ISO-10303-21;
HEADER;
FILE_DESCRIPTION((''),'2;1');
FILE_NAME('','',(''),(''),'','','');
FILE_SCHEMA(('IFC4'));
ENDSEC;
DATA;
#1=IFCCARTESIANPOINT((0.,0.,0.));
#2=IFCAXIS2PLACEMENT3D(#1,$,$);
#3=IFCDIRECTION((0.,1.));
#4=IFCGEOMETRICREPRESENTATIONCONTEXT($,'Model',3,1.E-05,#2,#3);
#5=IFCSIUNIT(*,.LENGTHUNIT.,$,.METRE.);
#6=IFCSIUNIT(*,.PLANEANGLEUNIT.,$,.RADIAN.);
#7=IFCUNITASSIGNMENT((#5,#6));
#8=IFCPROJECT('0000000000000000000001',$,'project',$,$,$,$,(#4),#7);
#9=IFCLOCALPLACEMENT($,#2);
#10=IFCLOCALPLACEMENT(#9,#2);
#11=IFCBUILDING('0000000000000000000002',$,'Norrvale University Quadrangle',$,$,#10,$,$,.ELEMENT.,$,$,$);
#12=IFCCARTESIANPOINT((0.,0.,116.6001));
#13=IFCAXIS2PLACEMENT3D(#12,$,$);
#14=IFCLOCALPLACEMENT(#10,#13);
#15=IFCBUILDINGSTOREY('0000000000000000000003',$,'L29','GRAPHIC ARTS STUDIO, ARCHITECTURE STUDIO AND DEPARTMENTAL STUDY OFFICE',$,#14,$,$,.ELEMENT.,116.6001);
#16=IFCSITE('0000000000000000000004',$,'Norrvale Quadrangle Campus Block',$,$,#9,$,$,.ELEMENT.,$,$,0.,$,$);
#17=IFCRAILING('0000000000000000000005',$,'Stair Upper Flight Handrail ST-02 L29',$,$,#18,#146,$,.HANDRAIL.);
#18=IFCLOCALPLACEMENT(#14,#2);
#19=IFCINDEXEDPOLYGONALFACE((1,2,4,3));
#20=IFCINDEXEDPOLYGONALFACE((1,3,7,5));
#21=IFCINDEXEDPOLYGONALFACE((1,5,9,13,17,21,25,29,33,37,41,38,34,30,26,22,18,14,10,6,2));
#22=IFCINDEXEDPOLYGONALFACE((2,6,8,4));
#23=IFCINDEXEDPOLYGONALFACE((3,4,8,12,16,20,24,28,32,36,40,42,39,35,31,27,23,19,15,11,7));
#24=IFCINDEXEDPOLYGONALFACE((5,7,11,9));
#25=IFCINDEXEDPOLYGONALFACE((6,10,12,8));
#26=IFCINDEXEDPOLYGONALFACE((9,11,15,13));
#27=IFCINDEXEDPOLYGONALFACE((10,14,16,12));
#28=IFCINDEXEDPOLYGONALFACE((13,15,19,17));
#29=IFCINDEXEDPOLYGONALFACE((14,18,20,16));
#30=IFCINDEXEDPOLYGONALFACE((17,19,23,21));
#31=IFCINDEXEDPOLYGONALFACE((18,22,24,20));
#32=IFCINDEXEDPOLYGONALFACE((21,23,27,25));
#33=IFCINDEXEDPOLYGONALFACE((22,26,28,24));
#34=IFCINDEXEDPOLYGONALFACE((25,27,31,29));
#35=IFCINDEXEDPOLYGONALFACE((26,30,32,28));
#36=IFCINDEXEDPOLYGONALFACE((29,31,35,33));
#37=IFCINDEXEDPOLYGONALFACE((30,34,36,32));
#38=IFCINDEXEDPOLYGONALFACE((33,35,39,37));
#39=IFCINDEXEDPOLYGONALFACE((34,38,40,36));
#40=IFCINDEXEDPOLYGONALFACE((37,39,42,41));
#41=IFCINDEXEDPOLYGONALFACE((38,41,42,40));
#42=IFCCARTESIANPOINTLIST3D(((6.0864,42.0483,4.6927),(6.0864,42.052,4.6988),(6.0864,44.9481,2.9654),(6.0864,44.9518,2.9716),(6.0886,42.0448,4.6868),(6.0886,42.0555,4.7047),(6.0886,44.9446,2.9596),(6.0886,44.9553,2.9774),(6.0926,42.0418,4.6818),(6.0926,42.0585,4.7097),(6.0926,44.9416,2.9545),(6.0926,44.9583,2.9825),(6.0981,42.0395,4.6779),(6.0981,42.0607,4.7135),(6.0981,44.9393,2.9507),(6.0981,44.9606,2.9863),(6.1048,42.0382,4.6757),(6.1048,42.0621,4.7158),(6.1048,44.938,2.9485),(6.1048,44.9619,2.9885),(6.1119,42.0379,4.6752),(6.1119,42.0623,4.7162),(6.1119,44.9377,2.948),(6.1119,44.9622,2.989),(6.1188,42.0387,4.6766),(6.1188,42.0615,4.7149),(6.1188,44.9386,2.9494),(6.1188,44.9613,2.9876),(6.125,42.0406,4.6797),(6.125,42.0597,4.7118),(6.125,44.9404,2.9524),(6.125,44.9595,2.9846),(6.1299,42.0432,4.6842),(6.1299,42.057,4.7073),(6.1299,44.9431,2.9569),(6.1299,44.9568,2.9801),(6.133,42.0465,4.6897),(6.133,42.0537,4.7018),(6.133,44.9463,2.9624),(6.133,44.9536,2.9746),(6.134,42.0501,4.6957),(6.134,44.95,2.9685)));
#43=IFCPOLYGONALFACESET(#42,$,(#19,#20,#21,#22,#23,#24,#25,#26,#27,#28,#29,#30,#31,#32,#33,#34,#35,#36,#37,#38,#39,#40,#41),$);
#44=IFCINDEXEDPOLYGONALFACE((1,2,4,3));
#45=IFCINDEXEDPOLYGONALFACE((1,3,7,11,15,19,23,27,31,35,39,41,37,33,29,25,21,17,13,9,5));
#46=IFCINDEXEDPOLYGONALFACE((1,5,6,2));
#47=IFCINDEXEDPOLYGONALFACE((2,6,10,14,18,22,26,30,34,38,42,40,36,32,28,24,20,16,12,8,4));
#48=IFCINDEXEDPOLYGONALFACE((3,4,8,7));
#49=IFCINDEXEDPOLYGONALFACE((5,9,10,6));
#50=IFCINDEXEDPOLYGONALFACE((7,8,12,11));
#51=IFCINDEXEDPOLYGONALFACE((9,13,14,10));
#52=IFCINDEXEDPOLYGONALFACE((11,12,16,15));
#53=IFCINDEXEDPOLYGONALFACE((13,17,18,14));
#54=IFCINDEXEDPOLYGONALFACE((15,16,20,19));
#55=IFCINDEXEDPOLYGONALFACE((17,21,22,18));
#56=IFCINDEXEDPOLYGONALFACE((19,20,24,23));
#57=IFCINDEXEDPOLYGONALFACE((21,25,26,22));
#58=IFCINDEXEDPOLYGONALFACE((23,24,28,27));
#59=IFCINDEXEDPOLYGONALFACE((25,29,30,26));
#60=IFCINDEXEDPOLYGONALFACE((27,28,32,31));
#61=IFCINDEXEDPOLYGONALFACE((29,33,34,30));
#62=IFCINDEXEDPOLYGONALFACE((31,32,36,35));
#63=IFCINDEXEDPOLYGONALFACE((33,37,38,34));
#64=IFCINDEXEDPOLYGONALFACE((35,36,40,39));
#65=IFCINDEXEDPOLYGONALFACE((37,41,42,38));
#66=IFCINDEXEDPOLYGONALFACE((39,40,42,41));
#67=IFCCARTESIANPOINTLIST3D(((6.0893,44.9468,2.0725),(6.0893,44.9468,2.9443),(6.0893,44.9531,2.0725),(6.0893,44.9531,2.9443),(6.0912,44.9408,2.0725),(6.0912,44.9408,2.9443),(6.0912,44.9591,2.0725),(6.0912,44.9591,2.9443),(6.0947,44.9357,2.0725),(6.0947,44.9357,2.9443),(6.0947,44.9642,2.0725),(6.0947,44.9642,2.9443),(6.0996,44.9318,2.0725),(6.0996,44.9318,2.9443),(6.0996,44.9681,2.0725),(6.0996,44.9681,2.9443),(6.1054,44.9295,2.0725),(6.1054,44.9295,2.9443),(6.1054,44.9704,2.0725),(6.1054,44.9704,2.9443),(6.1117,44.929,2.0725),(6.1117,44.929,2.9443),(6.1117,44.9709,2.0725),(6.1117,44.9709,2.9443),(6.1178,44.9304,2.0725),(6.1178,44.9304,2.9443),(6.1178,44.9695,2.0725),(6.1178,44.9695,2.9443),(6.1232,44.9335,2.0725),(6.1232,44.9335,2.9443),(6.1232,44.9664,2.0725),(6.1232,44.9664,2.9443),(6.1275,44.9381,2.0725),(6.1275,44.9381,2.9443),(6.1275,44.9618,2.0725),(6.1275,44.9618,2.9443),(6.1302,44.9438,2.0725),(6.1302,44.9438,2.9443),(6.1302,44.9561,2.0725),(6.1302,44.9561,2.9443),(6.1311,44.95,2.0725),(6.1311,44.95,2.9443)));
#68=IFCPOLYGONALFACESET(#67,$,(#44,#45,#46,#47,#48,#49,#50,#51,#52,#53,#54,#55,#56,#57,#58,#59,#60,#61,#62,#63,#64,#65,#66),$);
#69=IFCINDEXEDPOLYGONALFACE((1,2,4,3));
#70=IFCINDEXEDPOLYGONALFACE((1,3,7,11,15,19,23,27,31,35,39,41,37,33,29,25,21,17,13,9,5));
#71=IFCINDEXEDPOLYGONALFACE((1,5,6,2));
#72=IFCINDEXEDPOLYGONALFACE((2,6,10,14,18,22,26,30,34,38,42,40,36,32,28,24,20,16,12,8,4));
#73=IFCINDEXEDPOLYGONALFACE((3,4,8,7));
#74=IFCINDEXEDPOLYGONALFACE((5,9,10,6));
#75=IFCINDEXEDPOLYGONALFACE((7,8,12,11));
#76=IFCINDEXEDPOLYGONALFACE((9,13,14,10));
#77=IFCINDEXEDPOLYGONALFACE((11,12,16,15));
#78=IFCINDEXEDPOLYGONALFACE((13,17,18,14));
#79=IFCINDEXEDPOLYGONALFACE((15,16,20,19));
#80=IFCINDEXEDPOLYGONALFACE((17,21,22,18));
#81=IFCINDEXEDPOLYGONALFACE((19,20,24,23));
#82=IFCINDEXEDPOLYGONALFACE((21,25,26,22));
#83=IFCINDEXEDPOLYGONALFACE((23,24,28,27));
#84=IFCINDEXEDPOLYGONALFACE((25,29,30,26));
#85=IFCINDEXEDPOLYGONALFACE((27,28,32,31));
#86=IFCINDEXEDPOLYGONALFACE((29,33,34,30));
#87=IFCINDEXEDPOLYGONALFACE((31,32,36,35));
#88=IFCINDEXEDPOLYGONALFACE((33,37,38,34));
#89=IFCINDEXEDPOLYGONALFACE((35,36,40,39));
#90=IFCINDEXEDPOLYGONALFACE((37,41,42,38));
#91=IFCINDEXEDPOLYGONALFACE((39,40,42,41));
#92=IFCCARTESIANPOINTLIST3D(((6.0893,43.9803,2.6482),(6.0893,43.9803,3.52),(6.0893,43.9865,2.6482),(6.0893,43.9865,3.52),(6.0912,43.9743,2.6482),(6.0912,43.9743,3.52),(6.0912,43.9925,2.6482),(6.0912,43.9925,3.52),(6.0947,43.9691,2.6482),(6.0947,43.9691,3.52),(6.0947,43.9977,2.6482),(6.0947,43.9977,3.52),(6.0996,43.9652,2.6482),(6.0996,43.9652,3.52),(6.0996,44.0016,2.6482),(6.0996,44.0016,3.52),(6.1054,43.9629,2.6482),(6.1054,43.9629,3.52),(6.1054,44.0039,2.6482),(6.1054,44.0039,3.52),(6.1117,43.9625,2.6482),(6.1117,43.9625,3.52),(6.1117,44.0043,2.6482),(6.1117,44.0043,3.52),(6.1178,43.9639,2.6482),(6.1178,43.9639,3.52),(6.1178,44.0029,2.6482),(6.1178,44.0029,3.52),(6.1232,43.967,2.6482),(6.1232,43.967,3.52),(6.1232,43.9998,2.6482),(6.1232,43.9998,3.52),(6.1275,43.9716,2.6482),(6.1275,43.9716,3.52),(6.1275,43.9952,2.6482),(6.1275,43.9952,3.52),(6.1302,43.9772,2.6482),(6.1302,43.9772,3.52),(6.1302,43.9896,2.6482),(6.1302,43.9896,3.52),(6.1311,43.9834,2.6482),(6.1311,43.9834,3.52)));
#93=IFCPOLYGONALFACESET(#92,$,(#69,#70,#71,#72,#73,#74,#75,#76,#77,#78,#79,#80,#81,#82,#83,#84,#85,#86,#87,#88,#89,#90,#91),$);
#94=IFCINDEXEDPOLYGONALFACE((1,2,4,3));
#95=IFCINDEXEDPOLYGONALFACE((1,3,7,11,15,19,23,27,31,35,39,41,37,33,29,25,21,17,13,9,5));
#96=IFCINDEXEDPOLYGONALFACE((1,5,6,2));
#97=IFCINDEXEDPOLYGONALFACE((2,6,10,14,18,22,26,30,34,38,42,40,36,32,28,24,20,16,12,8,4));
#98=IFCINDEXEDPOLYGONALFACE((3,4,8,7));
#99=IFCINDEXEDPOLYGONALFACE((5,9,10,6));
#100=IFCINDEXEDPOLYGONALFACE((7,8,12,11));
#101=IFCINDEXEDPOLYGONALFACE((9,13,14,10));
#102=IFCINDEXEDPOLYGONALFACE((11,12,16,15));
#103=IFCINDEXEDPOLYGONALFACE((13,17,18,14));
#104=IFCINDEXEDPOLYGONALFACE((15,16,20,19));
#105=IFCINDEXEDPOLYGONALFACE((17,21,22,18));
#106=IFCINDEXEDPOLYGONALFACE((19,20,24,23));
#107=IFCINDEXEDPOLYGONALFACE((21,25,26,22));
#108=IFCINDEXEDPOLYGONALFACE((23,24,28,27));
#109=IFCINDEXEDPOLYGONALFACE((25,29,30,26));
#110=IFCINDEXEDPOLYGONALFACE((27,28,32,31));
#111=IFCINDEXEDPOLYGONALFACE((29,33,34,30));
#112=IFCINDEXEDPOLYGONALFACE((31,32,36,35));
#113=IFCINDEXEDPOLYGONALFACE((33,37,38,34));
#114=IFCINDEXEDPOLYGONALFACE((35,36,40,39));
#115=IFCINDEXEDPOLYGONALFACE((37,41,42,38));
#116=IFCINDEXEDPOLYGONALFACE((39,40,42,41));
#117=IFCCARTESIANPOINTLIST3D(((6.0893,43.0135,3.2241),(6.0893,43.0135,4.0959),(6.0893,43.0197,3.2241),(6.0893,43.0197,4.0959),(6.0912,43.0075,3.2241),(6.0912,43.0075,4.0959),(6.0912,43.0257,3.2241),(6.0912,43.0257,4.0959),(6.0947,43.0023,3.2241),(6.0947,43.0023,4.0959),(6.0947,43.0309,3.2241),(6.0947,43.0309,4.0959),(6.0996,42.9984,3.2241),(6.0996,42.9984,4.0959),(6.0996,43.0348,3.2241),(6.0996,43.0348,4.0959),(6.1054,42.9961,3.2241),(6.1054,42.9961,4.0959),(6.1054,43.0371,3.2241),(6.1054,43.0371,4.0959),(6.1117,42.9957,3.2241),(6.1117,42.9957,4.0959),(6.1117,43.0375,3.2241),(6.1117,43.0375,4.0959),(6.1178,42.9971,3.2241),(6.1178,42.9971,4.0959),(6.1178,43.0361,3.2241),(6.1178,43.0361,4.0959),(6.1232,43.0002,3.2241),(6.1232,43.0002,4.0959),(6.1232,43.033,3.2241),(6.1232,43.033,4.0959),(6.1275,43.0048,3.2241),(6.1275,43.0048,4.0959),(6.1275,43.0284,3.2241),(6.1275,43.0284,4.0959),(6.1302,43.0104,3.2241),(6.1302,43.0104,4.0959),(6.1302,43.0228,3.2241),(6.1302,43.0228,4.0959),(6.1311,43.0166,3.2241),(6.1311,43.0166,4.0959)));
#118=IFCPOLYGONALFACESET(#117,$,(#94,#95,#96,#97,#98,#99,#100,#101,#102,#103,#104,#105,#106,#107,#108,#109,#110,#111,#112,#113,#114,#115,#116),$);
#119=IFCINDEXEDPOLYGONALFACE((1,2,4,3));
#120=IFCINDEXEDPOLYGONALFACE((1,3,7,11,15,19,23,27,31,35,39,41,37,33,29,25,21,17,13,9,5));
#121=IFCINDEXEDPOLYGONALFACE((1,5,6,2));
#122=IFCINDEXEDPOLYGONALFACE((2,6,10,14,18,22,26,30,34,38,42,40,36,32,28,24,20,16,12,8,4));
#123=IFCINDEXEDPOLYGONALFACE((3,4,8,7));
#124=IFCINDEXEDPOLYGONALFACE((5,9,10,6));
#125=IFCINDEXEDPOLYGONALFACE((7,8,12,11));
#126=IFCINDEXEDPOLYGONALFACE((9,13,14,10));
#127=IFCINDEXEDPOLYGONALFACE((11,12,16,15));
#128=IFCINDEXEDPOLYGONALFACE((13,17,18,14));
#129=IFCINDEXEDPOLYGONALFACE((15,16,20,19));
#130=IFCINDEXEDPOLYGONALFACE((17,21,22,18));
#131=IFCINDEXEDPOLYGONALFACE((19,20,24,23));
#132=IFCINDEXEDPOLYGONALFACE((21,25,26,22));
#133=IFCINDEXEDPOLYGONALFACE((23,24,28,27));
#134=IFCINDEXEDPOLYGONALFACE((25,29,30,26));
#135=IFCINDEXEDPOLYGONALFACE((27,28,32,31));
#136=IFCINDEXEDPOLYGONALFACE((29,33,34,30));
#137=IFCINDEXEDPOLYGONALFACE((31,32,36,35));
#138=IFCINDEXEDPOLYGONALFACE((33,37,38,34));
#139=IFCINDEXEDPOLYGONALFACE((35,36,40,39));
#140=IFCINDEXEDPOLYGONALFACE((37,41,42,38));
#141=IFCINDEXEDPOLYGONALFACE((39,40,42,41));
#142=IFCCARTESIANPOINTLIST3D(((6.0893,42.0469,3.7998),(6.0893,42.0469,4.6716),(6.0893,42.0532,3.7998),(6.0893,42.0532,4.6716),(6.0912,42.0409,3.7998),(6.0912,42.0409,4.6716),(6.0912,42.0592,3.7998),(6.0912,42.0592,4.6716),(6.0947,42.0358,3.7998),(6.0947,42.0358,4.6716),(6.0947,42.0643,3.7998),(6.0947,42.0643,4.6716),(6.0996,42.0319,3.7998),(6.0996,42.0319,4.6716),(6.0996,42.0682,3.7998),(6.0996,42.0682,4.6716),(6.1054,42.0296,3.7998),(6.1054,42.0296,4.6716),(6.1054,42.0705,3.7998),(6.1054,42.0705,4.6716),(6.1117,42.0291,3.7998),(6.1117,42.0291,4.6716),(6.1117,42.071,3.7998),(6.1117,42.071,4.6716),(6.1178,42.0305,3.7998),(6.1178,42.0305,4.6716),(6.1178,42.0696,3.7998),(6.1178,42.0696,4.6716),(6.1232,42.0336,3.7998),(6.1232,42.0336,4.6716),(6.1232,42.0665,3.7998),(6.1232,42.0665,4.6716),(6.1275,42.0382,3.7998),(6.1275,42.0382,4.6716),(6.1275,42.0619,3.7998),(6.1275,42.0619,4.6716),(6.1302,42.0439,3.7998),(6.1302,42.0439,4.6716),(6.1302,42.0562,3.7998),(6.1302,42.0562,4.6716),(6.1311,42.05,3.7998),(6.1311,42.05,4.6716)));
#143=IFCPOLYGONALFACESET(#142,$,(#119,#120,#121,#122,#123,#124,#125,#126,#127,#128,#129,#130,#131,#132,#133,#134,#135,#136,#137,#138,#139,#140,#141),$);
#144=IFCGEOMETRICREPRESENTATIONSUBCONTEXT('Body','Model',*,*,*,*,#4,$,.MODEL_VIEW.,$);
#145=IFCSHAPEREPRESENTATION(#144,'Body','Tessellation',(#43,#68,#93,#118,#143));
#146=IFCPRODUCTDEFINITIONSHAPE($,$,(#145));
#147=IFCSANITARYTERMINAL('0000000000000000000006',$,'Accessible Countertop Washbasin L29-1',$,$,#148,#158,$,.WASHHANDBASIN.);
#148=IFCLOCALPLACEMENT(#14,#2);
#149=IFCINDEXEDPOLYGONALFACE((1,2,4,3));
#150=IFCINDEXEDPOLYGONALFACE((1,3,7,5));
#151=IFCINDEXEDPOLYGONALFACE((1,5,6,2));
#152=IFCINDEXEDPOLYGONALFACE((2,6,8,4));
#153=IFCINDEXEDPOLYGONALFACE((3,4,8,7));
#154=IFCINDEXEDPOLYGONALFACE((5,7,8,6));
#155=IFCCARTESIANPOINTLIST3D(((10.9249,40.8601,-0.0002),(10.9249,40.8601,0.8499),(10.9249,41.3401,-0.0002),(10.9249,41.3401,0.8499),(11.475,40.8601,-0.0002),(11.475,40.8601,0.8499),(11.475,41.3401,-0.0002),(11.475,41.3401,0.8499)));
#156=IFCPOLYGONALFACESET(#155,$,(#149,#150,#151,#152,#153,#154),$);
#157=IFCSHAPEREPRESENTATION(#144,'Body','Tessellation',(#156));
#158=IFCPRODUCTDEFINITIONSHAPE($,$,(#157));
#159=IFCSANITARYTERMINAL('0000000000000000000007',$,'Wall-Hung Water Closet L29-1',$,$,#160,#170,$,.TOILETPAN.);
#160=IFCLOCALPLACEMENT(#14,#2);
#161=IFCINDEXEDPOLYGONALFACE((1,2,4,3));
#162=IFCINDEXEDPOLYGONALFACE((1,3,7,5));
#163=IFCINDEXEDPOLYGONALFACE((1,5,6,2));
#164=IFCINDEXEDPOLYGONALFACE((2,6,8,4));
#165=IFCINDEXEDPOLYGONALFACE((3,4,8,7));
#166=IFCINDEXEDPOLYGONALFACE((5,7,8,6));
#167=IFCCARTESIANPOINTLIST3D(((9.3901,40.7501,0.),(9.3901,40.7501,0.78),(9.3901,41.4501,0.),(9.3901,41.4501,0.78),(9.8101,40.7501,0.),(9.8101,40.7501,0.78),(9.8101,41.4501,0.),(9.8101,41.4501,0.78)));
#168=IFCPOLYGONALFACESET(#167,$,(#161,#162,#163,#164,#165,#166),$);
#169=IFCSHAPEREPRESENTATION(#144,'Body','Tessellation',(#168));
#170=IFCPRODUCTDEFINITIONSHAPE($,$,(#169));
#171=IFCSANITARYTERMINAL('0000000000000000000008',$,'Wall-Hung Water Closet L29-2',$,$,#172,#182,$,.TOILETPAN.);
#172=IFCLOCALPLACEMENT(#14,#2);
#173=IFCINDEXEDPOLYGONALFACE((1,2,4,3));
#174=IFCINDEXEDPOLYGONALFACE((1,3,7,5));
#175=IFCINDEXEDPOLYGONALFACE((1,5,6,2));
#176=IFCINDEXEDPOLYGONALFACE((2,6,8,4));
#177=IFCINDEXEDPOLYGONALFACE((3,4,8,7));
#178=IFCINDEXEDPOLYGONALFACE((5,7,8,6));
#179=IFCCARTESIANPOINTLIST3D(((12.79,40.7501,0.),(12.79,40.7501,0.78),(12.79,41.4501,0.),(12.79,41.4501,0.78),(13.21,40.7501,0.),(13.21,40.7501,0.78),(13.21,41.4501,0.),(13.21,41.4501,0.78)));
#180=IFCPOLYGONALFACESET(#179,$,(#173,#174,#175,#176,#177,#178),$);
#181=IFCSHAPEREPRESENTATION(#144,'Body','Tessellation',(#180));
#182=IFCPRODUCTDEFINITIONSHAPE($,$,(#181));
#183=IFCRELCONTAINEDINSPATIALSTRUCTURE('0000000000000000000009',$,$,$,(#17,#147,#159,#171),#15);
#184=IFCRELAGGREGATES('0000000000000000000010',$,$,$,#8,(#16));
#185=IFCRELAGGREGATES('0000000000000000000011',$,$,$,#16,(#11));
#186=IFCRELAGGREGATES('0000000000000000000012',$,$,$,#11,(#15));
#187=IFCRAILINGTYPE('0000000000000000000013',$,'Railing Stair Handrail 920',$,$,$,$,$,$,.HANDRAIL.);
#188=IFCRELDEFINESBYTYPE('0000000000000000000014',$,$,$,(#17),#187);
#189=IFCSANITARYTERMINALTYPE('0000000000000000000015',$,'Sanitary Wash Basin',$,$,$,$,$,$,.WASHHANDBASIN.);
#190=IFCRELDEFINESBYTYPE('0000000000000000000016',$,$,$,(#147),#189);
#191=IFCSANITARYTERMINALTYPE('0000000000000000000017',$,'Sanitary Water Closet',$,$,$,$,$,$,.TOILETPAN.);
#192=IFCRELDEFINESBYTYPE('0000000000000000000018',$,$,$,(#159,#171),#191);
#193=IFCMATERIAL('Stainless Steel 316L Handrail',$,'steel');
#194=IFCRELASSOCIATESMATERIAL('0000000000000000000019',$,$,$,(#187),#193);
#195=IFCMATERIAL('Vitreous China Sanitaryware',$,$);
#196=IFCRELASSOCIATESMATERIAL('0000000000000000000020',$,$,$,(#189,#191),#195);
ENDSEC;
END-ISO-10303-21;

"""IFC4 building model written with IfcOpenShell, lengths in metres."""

from ifc_helpers import new_model, si_unit, direction, frame, origin, origin_2d, place, context, subcontext, project, spatial, rectangle, circle, extrude, material, type_object, element, save


model = new_model("IFC4")

# Units and contexts
model_context = context("Model", 3, precision=1e-05, world=origin(), true_north=direction((0.0, 1.0)))
body_context = subcontext(model_context, "Body", "Model", "MODEL_VIEW")
ifc_project = project(units=[si_unit("LENGTHUNIT", "METRE"), si_unit("PLANEANGLEUNIT", "RADIAN")], contexts=[model_context])

# Site, building, storey
site_placement = place(None, origin())
site = spatial("IfcSite", under=ifc_project, at=site_placement, Name="Norrvale Quadrangle Campus Block", CompositionType="ELEMENT", RefElevation=0.0)
building_placement = place(site_placement, origin())
building = spatial("IfcBuilding", under=site, at=building_placement, Name="Norrvale University Quadrangle", CompositionType="ELEMENT")
storey_placement = place(building_placement, frame((0.0, 0.0, 116.6001)))
storey = spatial("IfcBuildingStorey", under=building, at=storey_placement, Name="L29", Description="GRAPHIC ARTS STUDIO, ARCHITECTURE STUDIO AND DEPARTMENTAL STUDY OFFICE", CompositionType="ELEMENT", Elevation=116.6001)

# Railing
ifc_material_1 = material(Name="Stainless Steel 316L Handrail", Category="steel")
railing_type_1 = type_object("IfcRailingType", Name="Railing Stair Handrail 920", PredefinedType="HANDRAIL", material=ifc_material_1)
railing_1_placement = place(storey_placement, frame((6.1101, 44.95, 2.0725)))
element("IfcRailing", 1, at=railing_1_placement, inside=storey, type_object=railing_type_1, Name="Stair Upper Flight Handrail ST-02 L29", PredefinedType="HANDRAIL", context=body_context, shape_type="SweptSolid", body=[
    extrude(circle(Radius=0.0239, at=origin_2d()), frame((0.0, 0.0, 0.896), z_axis=(0.0, -0.859141, 0.511738), x_axis=(1.0, 0.0, 0.0)), (0.0, 0.0, 1.0), 3.3752),
    extrude(circle(Radius=0.021, at=origin_2d()), origin(), (0.0, 0.0, 1.0), 0.8718),
    extrude(circle(Radius=0.021, at=origin_2d()), frame((0.0, -0.9666, 0.5757)), (0.0, 0.0, 1.0), 0.8718),
    extrude(circle(Radius=0.021, at=origin_2d()), frame((0.0, -1.9333, 1.1516)), (0.0, 0.0, 1.0), 0.8718),
    extrude(circle(Radius=0.021, at=origin_2d()), frame((0.0, -2.8999, 1.7273)), (0.0, 0.0, 1.0), 0.8718),
])

# Sanitary terminals
ifc_material_2 = material(Name="Vitreous China Sanitaryware")
sanitary_terminal_type_1 = type_object("IfcSanitaryTerminalType", Name="Sanitary Wash Basin", PredefinedType="WASHHANDBASIN", material=ifc_material_2)
sanitary_terminal_placement = place(storey_placement, frame((11.2, 41.1001, -0.0002), z_axis=(0.0, 0.0, 1.0), x_axis=(1.0, 0.0, 0.0)))
element("IfcSanitaryTerminal", 2, at=sanitary_terminal_placement, inside=storey, type_object=sanitary_terminal_type_1, Name="Accessible Countertop Washbasin L29-1", PredefinedType="WASHHANDBASIN", context=body_context, shape_type="SweptSolid", body=[
    extrude(rectangle(XDim=0.55, YDim=0.48, at=origin_2d()), origin(), (0.0, 0.0, 1.0), 0.8501),
])
sanitary_terminal_type_2 = type_object("IfcSanitaryTerminalType", Name="Sanitary Water Closet", PredefinedType="TOILETPAN", material=ifc_material_2)
for number, where, z_axis, x_axis, name in (
    (3, (9.6001, 41.1001, 0.0), (0.0, 0.0, 1.0), (1.0, 0.0, 0.0), "Wall-Hung Water Closet L29-1"),
    (4, (13.0, 41.1001, 0.0), (0.0, 0.0, 1.0), (1.0, 0.0, 0.0), "Wall-Hung Water Closet L29-2"),
):
    element("IfcSanitaryTerminal", number, at=place(storey_placement, frame(where, z_axis=z_axis, x_axis=x_axis)), inside=storey, type_object=sanitary_terminal_type_2, Name=name, PredefinedType="TOILETPAN", context=body_context, shape_type="SweptSolid", body=[
        extrude(rectangle(XDim=0.4199, YDim=0.7, at=origin_2d()), origin(), (0.0, 0.0, 1.0), 0.78),
    ])

save(model, "model.ifc")
